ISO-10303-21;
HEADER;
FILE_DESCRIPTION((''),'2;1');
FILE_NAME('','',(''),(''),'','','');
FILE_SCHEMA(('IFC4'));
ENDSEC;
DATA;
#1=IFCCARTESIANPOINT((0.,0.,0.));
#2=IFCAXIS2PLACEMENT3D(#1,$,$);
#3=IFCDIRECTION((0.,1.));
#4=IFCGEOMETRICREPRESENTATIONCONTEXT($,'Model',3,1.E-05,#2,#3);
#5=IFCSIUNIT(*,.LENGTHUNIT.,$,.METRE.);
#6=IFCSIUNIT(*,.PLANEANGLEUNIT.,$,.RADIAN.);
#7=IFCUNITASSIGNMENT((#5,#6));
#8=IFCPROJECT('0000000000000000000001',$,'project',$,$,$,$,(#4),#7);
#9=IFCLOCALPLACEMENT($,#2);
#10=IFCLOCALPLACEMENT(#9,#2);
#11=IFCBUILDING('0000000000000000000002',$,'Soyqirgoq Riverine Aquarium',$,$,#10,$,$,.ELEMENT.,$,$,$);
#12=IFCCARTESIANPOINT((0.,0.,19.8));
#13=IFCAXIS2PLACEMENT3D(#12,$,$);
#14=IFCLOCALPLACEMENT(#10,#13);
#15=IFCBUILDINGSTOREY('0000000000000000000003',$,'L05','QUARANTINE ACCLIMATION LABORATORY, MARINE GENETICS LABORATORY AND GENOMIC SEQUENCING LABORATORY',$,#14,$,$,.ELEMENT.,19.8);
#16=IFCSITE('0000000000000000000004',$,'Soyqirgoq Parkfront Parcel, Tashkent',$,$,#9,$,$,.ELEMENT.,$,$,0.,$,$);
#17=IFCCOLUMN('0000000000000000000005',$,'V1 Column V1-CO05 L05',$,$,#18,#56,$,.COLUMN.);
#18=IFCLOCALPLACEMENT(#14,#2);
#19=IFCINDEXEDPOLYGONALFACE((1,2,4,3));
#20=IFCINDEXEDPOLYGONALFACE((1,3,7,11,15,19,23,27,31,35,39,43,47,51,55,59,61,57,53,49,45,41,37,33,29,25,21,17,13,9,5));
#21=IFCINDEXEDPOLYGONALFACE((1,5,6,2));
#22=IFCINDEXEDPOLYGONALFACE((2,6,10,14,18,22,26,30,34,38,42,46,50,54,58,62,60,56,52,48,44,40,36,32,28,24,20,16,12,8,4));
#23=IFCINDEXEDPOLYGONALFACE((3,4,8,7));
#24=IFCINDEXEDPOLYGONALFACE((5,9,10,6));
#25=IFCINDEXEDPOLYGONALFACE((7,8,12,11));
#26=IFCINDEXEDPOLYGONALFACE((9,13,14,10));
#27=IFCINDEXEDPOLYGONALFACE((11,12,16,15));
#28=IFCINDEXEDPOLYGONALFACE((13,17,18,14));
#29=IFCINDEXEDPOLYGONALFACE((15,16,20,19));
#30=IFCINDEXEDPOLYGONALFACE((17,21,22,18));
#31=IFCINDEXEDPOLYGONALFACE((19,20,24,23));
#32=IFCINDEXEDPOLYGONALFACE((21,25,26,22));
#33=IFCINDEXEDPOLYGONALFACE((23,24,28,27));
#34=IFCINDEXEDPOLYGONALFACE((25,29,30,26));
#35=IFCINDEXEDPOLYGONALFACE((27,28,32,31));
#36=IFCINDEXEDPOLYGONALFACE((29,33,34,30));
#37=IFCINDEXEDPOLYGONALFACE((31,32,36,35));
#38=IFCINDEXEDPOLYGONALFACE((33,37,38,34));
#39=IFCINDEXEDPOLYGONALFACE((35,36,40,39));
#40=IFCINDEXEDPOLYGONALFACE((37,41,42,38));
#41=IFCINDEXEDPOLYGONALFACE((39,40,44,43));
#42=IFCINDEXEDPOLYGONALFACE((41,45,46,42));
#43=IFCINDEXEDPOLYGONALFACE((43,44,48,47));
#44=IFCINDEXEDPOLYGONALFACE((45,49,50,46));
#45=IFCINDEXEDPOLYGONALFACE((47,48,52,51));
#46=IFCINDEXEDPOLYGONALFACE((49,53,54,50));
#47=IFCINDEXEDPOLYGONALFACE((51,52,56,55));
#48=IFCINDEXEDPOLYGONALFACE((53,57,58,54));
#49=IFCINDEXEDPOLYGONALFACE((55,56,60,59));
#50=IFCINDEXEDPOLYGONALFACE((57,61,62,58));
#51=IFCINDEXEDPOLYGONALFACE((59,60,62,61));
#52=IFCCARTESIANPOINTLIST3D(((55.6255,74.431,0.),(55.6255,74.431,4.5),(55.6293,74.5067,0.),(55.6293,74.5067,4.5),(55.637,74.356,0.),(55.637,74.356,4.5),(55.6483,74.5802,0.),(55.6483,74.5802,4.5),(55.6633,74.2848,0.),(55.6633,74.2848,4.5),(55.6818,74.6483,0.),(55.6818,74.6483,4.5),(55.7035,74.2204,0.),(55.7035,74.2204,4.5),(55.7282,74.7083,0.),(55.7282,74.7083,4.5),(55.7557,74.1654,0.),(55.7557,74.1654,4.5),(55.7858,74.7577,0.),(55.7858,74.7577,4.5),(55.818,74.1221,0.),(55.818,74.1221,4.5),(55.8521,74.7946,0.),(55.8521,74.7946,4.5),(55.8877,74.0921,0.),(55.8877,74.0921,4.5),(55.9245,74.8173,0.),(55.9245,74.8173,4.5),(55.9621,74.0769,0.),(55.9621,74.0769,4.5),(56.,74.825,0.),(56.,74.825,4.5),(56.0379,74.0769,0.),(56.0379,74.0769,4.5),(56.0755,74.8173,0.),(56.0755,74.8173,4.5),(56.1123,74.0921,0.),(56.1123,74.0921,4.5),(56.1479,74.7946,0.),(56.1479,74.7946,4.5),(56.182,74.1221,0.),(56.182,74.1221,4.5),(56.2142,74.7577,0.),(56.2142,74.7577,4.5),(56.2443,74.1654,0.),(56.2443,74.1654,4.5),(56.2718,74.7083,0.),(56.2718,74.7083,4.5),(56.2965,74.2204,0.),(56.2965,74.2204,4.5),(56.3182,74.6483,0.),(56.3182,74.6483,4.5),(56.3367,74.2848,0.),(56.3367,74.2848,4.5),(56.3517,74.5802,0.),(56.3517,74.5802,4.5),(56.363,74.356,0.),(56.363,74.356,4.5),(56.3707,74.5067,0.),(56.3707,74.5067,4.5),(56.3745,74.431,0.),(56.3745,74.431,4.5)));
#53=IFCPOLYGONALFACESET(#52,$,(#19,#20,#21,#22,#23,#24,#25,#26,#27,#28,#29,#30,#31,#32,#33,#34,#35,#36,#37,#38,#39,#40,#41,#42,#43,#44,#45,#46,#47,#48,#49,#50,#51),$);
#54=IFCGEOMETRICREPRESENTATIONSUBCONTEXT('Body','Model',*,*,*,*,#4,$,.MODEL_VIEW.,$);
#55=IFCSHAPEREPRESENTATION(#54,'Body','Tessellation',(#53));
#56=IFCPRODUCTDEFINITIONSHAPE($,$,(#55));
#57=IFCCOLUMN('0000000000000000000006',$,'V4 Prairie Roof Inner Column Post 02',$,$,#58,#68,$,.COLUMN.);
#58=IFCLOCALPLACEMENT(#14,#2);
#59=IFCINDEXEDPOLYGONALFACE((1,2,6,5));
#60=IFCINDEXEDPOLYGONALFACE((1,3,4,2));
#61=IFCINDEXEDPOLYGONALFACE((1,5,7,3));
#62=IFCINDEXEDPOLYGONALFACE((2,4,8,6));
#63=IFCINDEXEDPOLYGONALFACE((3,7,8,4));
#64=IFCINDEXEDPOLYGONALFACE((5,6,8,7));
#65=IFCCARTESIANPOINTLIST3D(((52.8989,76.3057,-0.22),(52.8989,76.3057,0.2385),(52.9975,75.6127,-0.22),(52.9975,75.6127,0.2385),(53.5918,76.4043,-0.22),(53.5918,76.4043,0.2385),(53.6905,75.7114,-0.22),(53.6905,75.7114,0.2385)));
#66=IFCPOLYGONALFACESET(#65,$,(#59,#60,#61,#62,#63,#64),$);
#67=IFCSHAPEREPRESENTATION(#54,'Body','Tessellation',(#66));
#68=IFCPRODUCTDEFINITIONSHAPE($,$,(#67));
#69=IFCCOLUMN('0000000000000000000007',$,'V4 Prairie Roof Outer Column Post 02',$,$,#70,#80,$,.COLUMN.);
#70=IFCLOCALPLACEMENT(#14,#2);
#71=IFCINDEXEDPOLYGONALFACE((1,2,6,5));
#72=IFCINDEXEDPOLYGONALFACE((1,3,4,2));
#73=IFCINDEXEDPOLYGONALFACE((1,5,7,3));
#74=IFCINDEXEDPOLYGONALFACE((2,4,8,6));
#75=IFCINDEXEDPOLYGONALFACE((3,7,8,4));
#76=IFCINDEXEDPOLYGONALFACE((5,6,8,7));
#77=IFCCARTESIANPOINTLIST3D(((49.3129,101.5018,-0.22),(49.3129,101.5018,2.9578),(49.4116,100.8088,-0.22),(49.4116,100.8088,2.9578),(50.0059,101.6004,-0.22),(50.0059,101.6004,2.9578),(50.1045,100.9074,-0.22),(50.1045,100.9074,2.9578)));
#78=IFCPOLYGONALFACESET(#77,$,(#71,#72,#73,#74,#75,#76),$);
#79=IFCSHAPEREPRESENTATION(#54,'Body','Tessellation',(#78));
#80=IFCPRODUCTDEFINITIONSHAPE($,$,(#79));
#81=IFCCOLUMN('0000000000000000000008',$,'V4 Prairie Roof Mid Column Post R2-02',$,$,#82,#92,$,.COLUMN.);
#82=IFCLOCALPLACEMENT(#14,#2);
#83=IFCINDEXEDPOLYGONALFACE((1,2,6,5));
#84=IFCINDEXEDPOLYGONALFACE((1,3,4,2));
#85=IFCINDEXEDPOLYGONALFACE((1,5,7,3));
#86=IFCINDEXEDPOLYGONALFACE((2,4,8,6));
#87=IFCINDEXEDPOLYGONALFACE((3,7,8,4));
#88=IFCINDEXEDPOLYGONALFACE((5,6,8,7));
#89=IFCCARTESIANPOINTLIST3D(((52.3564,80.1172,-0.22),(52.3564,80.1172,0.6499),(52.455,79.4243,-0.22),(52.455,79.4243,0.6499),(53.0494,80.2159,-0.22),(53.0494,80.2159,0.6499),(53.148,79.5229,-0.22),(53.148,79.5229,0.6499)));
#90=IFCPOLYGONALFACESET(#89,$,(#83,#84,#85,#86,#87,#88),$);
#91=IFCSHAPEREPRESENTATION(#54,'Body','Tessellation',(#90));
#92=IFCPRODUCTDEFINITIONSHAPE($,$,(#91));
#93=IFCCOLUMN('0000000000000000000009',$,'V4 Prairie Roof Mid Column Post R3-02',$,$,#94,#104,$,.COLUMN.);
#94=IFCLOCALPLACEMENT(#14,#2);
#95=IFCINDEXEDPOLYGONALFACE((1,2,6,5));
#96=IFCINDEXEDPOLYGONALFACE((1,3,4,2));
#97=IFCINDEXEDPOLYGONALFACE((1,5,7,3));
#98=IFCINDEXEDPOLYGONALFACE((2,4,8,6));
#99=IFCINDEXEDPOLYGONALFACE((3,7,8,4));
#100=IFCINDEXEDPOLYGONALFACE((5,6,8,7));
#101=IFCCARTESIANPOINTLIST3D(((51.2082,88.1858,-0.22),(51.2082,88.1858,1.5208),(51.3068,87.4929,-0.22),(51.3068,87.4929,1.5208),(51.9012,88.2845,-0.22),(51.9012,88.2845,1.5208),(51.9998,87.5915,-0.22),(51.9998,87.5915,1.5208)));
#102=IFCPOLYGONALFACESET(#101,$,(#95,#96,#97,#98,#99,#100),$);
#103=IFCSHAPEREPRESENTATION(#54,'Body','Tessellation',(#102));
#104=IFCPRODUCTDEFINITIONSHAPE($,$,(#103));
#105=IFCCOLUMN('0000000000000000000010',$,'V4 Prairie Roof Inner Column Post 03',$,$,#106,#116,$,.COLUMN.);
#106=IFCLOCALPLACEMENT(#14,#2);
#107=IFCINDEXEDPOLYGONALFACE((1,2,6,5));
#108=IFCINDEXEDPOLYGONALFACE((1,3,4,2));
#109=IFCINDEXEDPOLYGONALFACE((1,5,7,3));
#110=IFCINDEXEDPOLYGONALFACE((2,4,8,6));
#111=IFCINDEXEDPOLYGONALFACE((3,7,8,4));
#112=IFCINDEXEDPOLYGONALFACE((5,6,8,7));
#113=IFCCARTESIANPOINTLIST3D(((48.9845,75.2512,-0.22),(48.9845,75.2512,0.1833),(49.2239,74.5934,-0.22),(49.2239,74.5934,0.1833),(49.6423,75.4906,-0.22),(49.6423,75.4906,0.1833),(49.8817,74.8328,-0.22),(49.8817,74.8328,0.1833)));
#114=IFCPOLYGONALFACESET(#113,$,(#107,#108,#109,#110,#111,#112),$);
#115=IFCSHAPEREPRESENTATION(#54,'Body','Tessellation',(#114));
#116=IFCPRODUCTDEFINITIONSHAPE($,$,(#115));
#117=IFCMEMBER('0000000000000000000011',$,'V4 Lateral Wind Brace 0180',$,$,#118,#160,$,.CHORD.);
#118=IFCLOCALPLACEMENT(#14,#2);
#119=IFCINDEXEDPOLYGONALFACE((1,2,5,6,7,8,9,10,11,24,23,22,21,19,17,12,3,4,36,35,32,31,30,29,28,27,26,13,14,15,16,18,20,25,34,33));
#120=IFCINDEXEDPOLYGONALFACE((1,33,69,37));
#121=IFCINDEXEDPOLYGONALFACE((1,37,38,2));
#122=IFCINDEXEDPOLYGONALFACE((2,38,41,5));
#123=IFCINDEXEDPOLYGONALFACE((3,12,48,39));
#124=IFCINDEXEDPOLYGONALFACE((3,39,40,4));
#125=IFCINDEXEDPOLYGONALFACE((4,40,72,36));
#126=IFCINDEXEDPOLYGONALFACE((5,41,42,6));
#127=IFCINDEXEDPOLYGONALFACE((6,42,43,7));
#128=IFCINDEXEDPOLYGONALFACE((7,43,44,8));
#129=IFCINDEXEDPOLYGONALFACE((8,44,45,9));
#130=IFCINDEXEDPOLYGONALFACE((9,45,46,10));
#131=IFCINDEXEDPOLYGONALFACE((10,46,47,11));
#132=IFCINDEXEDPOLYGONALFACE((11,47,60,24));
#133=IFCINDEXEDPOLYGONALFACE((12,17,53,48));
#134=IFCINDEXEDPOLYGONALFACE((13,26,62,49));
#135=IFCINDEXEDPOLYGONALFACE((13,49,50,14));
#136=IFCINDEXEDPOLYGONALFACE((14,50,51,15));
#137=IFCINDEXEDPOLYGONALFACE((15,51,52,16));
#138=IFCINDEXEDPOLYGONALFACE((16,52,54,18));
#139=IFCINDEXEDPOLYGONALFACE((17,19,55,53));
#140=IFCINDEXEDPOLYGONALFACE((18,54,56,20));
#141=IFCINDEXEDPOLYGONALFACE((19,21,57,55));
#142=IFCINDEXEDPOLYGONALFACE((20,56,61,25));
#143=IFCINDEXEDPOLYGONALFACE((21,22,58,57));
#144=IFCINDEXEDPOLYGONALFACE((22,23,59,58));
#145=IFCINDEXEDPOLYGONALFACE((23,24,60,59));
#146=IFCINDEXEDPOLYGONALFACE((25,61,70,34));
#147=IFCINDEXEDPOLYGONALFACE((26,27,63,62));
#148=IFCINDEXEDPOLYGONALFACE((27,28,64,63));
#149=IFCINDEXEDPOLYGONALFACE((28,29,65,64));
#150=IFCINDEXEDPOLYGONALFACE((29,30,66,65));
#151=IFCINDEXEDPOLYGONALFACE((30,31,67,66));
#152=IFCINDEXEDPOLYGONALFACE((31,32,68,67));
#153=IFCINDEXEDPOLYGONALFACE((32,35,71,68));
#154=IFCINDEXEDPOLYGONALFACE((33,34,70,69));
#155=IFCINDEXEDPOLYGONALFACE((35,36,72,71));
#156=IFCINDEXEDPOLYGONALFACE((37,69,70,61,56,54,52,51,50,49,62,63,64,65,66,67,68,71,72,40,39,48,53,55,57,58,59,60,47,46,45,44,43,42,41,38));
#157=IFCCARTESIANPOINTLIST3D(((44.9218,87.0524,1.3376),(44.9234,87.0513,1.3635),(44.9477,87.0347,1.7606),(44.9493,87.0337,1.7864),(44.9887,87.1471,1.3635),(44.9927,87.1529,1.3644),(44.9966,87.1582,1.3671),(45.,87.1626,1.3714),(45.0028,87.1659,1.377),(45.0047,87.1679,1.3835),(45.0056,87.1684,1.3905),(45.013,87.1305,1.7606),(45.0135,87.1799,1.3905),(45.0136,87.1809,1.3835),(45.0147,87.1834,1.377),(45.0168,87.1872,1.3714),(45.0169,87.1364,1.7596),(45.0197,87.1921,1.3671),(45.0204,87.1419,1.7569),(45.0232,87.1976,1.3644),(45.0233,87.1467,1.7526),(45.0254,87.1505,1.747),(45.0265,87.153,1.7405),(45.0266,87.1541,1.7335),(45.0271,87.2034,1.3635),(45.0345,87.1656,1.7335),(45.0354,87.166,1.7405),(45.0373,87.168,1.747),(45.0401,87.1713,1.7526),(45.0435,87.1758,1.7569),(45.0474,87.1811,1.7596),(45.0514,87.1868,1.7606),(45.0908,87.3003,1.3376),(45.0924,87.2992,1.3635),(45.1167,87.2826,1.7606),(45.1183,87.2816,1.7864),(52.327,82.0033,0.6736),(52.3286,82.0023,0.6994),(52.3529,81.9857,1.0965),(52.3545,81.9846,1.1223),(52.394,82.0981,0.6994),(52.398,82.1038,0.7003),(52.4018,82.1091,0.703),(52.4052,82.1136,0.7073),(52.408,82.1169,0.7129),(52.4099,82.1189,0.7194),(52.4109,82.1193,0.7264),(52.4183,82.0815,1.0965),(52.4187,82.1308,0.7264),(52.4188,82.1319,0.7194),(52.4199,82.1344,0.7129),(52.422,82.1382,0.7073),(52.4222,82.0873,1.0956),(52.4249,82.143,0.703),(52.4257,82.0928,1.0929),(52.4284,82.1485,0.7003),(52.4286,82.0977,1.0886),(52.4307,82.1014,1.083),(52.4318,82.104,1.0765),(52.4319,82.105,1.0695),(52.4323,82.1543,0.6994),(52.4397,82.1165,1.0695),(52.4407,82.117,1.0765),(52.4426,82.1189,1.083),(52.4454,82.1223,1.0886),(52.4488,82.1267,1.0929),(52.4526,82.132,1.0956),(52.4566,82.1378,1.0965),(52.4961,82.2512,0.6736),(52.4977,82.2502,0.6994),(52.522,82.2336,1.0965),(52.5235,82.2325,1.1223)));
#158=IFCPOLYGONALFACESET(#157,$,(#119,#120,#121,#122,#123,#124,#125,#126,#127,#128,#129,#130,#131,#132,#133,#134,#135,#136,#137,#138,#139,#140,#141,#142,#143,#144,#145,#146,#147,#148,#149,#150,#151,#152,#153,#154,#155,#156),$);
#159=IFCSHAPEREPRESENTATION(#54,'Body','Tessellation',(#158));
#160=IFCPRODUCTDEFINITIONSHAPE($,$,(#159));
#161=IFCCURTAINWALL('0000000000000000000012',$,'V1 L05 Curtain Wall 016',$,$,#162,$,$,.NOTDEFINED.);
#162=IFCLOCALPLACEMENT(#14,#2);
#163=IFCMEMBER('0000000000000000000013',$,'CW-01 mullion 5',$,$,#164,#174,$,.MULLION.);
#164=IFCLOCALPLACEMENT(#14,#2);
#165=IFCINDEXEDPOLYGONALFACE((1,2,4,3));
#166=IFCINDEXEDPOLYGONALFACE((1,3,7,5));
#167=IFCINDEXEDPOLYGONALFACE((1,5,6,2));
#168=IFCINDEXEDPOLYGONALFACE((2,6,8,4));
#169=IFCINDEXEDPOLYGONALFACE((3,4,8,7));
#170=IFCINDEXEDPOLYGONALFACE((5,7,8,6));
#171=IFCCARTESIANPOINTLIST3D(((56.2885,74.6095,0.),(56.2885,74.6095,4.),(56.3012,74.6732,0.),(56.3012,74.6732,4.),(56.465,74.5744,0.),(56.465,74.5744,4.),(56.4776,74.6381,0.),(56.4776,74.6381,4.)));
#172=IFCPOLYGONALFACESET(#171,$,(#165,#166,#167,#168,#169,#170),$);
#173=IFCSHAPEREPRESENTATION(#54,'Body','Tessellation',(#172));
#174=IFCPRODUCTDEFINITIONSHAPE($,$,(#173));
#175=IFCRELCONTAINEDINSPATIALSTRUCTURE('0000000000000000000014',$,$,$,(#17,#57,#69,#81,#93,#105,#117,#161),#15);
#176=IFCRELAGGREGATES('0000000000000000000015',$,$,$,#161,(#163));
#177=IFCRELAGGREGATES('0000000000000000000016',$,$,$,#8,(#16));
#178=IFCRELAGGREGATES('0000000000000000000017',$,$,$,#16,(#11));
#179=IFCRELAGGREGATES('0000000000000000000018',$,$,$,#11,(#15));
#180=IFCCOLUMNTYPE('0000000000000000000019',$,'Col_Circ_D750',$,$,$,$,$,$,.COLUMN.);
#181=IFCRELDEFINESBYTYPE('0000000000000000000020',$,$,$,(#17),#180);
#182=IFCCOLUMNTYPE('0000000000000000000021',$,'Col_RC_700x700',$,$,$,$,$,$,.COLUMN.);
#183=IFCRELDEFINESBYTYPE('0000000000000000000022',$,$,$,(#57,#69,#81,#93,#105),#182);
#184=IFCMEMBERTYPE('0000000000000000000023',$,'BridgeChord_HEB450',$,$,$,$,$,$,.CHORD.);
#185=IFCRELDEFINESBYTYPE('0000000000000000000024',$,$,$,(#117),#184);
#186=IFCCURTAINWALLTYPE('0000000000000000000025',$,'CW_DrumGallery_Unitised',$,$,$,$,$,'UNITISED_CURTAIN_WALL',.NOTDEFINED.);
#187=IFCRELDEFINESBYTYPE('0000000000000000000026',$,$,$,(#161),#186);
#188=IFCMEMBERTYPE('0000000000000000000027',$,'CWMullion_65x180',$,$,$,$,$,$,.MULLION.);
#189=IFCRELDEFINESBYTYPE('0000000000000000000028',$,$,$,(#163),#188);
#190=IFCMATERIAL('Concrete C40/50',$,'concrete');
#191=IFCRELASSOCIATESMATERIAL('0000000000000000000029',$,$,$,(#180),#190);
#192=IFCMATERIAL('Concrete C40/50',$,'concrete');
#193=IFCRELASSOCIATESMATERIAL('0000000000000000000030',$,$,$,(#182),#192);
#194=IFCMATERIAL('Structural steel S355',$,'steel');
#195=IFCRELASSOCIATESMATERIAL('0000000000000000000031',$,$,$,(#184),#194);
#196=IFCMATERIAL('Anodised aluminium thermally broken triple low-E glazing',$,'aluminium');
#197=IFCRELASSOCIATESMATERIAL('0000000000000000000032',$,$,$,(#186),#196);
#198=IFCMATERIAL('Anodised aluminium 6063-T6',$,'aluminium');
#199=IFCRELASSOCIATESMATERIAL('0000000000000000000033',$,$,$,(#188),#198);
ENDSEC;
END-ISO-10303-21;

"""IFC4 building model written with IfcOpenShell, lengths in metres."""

from ifc_helpers import new_model, si_unit, direction, frame, origin, origin_2d, place, context, subcontext, project, spatial, rectangle, circle, i_section, extrude, material, material_profile, profile_set, type_object, element, aggregate, save


model = new_model("IFC4")

# Units and contexts
model_context = context("Model", 3, precision=1e-05, world=origin(), true_north=direction((0.0, 1.0)))
body_context = subcontext(model_context, "Body", "Model", "MODEL_VIEW")
ifc_project = project(units=[si_unit("LENGTHUNIT", "METRE"), si_unit("PLANEANGLEUNIT", "RADIAN")], contexts=[model_context])

# Site, building, storey
site_placement = place(None, origin())
site = spatial("IfcSite", under=ifc_project, at=site_placement, Name="Soyqirgoq Parkfront Parcel, Tashkent", CompositionType="ELEMENT", RefElevation=0.0)
building_placement = place(site_placement, origin())
building = spatial("IfcBuilding", under=site, at=building_placement, Name="Soyqirgoq Riverine Aquarium", CompositionType="ELEMENT")
storey_placement = place(building_placement, frame((0.0, 0.0, 19.8)))
storey = spatial("IfcBuildingStorey", under=building, at=storey_placement, Name="L05", Description="QUARANTINE ACCLIMATION LABORATORY, MARINE GENETICS LABORATORY AND GENOMIC SEQUENCING LABORATORY", CompositionType="ELEMENT", Elevation=19.8)

# Columns
ifc_material_1 = material(Name="Concrete C40/50", Category="concrete")
ifc_material_profile_1 = material_profile(ifc_material_1, circle(Radius=0.375, at=origin_2d()), Name="RC-COL D750")
ifc_profile_set_1 = profile_set([ifc_material_profile_1], Name="Concrete C40/50")
column_type_1 = type_object("IfcColumnType", Name="Col_Circ_D750", PredefinedType="COLUMN", material=ifc_profile_set_1)
column_1_placement = place(storey_placement, frame((56.0, 74.45, 0.0), z_axis=(0.0, 0.0, 1.0), x_axis=(0.0, 1.0, 0.0)))
element("IfcColumn", 1, at=column_1_placement, inside=storey, type_object=column_type_1, Name="V1 Column V1-CO05 L05", PredefinedType="COLUMN", context=body_context, shape_type="SweptSolid", body=[
    extrude(circle(Radius=0.375, at=origin_2d()), origin(), (0.0, 0.0, 1.0), 4.5),
])
ifc_material_2 = material(Name="Concrete C40/50", Category="concrete")
ifc_material_profile_2 = material_profile(ifc_material_2, rectangle(XDim=0.7, YDim=0.7, at=origin_2d()), Name="RC 700x700")
ifc_profile_set_2 = profile_set([ifc_material_profile_2], Name="Concrete C40/50")
column_type_2 = type_object("IfcColumnType", Name="Col_RC_700x700", PredefinedType="COLUMN", material=ifc_profile_set_2)
column_2_placement = place(storey_placement, frame((53.2947, 76.0085, -0.22), z_axis=(0.0, 0.0, 1.0), x_axis=(-0.140901, 0.990024, 0.0)))
element("IfcColumn", 2, at=column_2_placement, inside=storey, type_object=column_type_2, Name="V4 Prairie Roof Inner Column Post 02", PredefinedType="COLUMN", context=body_context, shape_type="SweptSolid", body=[
    extrude(rectangle(XDim=0.7, YDim=0.7, at=origin_2d()), origin(), (0.0, 0.0, 1.0), 0.4585),
])
column_3_placement = place(storey_placement, frame((49.7087, 101.2046, -0.22), z_axis=(0.0, 0.0, 1.0), x_axis=(-0.140901, 0.990024, 0.0)))
element("IfcColumn", 3, at=column_3_placement, inside=storey, type_object=column_type_2, Name="V4 Prairie Roof Outer Column Post 02", PredefinedType="COLUMN", context=body_context, shape_type="SweptSolid", body=[
    extrude(rectangle(XDim=0.7, YDim=0.7, at=origin_2d()), origin(), (0.0, 0.0, 1.0), 3.1777),
])
column_4_placement = place(storey_placement, frame((52.7522, 79.8201, -0.22), z_axis=(0.0, 0.0, 1.0), x_axis=(-0.140901, 0.990024, 0.0)))
element("IfcColumn", 4, at=column_4_placement, inside=storey, type_object=column_type_2, Name="V4 Prairie Roof Mid Column Post R2-02", PredefinedType="COLUMN", context=body_context, shape_type="SweptSolid", body=[
    extrude(rectangle(XDim=0.7, YDim=0.7, at=origin_2d()), origin(), (0.0, 0.0, 1.0), 0.8699),
])
column_5_placement = place(storey_placement, frame((51.604, 87.8887, -0.22), z_axis=(0.0, 0.0, 1.0), x_axis=(-0.140901, 0.990024, 0.0)))
element("IfcColumn", 5, at=column_5_placement, inside=storey, type_object=column_type_2, Name="V4 Prairie Roof Mid Column Post R3-02", PredefinedType="COLUMN", context=body_context, shape_type="SweptSolid", body=[
    extrude(rectangle(XDim=0.7, YDim=0.7, at=origin_2d()), origin(), (0.0, 0.0, 1.0), 1.7407),
])
column_6_placement = place(storey_placement, frame((49.4331, 75.042, -0.22), z_axis=(0.0, 0.0, 1.0), x_axis=(-0.34202, 0.939693, 0.0)))
element("IfcColumn", 6, at=column_6_placement, inside=storey, type_object=column_type_2, Name="V4 Prairie Roof Inner Column Post 03", PredefinedType="COLUMN", context=body_context, shape_type="SweptSolid", body=[
    extrude(rectangle(XDim=0.7, YDim=0.7, at=origin_2d()), origin(), (0.0, 0.0, 1.0), 0.4033),
])

# Member
ifc_material_3 = material(Name="Structural steel S355", Category="steel")
ifc_material_profile_3 = material_profile(ifc_material_3, i_section(OverallWidth=0.3, OverallDepth=0.45, WebThickness=0.0139, FlangeThickness=0.0259, FilletRadius=0.0271, at=origin_2d()), Name="HEB 450")
ifc_profile_set_3 = profile_set([ifc_material_profile_3], Name="Structural steel S355")
member_type_1 = type_object("IfcMemberType", Name="BridgeChord_HEB450", PredefinedType="CHORD", material=ifc_profile_set_3)
member_1_placement = place(storey_placement, frame((52.4253, 82.1179, 0.8979), z_axis=(-0.823968, 0.561799, 0.073889), x_axis=(-0.563339, -0.826226, 0.0)))
element("IfcMember", 7, at=member_1_placement, inside=storey, type_object=member_type_1, Name="V4 Lateral Wind Brace 0180", PredefinedType="CHORD", context=body_context, shape_type="SweptSolid", body=[
    extrude(i_section(OverallWidth=0.3, OverallDepth=0.45, WebThickness=0.0139, FlangeThickness=0.0259, FilletRadius=0.0271, at=origin_2d()), origin(), (0.0, 0.0, 1.0), 8.9873),
])

# Curtain wall, member
ifc_material_4 = material(Name="Anodised aluminium thermally broken triple low-E glazing", Category="aluminium")
curtain_wall_type = type_object("IfcCurtainWallType", Name="CW_DrumGallery_Unitised", ElementType="UNITISED_CURTAIN_WALL", PredefinedType="NOTDEFINED", material=ifc_material_4)
curtain_wall_placement = place(storey_placement, origin())
curtain_wall = element("IfcCurtainWall", 8, at=curtain_wall_placement, inside=storey, type_object=curtain_wall_type, Name="V1 L05 Curtain Wall 016", PredefinedType="NOTDEFINED")
ifc_material_5 = material(Name="Anodised aluminium 6063-T6", Category="aluminium")
ifc_material_profile_4 = material_profile(ifc_material_5, rectangle(XDim=0.0649, YDim=0.1799, at=origin_2d()), Name="ALU-M 65x180")
ifc_profile_set_4 = profile_set([ifc_material_profile_4], Name="Anodised aluminium 6063-T6")
member_type_2 = type_object("IfcMemberType", Name="CWMullion_65x180", PredefinedType="MULLION", material=ifc_profile_set_4)
member_2_placement = place(storey_placement, frame((56.3831, 74.6238, 0.0), z_axis=(0.0, 0.0, 1.0), x_axis=(-0.195078, -0.980788, 0.0)))
member_2 = element("IfcMember", 9, at=member_2_placement, type_object=member_type_2, Name="CW-01 mullion 5", PredefinedType="MULLION", context=body_context, shape_type="SweptSolid", body=[
    extrude(rectangle(XDim=0.0649, YDim=0.1799, at=origin_2d()), origin(), (0.0, 0.0, 1.0), 4.0),
])

aggregate(curtain_wall, [member_2])

save(model, "model.ifc")
